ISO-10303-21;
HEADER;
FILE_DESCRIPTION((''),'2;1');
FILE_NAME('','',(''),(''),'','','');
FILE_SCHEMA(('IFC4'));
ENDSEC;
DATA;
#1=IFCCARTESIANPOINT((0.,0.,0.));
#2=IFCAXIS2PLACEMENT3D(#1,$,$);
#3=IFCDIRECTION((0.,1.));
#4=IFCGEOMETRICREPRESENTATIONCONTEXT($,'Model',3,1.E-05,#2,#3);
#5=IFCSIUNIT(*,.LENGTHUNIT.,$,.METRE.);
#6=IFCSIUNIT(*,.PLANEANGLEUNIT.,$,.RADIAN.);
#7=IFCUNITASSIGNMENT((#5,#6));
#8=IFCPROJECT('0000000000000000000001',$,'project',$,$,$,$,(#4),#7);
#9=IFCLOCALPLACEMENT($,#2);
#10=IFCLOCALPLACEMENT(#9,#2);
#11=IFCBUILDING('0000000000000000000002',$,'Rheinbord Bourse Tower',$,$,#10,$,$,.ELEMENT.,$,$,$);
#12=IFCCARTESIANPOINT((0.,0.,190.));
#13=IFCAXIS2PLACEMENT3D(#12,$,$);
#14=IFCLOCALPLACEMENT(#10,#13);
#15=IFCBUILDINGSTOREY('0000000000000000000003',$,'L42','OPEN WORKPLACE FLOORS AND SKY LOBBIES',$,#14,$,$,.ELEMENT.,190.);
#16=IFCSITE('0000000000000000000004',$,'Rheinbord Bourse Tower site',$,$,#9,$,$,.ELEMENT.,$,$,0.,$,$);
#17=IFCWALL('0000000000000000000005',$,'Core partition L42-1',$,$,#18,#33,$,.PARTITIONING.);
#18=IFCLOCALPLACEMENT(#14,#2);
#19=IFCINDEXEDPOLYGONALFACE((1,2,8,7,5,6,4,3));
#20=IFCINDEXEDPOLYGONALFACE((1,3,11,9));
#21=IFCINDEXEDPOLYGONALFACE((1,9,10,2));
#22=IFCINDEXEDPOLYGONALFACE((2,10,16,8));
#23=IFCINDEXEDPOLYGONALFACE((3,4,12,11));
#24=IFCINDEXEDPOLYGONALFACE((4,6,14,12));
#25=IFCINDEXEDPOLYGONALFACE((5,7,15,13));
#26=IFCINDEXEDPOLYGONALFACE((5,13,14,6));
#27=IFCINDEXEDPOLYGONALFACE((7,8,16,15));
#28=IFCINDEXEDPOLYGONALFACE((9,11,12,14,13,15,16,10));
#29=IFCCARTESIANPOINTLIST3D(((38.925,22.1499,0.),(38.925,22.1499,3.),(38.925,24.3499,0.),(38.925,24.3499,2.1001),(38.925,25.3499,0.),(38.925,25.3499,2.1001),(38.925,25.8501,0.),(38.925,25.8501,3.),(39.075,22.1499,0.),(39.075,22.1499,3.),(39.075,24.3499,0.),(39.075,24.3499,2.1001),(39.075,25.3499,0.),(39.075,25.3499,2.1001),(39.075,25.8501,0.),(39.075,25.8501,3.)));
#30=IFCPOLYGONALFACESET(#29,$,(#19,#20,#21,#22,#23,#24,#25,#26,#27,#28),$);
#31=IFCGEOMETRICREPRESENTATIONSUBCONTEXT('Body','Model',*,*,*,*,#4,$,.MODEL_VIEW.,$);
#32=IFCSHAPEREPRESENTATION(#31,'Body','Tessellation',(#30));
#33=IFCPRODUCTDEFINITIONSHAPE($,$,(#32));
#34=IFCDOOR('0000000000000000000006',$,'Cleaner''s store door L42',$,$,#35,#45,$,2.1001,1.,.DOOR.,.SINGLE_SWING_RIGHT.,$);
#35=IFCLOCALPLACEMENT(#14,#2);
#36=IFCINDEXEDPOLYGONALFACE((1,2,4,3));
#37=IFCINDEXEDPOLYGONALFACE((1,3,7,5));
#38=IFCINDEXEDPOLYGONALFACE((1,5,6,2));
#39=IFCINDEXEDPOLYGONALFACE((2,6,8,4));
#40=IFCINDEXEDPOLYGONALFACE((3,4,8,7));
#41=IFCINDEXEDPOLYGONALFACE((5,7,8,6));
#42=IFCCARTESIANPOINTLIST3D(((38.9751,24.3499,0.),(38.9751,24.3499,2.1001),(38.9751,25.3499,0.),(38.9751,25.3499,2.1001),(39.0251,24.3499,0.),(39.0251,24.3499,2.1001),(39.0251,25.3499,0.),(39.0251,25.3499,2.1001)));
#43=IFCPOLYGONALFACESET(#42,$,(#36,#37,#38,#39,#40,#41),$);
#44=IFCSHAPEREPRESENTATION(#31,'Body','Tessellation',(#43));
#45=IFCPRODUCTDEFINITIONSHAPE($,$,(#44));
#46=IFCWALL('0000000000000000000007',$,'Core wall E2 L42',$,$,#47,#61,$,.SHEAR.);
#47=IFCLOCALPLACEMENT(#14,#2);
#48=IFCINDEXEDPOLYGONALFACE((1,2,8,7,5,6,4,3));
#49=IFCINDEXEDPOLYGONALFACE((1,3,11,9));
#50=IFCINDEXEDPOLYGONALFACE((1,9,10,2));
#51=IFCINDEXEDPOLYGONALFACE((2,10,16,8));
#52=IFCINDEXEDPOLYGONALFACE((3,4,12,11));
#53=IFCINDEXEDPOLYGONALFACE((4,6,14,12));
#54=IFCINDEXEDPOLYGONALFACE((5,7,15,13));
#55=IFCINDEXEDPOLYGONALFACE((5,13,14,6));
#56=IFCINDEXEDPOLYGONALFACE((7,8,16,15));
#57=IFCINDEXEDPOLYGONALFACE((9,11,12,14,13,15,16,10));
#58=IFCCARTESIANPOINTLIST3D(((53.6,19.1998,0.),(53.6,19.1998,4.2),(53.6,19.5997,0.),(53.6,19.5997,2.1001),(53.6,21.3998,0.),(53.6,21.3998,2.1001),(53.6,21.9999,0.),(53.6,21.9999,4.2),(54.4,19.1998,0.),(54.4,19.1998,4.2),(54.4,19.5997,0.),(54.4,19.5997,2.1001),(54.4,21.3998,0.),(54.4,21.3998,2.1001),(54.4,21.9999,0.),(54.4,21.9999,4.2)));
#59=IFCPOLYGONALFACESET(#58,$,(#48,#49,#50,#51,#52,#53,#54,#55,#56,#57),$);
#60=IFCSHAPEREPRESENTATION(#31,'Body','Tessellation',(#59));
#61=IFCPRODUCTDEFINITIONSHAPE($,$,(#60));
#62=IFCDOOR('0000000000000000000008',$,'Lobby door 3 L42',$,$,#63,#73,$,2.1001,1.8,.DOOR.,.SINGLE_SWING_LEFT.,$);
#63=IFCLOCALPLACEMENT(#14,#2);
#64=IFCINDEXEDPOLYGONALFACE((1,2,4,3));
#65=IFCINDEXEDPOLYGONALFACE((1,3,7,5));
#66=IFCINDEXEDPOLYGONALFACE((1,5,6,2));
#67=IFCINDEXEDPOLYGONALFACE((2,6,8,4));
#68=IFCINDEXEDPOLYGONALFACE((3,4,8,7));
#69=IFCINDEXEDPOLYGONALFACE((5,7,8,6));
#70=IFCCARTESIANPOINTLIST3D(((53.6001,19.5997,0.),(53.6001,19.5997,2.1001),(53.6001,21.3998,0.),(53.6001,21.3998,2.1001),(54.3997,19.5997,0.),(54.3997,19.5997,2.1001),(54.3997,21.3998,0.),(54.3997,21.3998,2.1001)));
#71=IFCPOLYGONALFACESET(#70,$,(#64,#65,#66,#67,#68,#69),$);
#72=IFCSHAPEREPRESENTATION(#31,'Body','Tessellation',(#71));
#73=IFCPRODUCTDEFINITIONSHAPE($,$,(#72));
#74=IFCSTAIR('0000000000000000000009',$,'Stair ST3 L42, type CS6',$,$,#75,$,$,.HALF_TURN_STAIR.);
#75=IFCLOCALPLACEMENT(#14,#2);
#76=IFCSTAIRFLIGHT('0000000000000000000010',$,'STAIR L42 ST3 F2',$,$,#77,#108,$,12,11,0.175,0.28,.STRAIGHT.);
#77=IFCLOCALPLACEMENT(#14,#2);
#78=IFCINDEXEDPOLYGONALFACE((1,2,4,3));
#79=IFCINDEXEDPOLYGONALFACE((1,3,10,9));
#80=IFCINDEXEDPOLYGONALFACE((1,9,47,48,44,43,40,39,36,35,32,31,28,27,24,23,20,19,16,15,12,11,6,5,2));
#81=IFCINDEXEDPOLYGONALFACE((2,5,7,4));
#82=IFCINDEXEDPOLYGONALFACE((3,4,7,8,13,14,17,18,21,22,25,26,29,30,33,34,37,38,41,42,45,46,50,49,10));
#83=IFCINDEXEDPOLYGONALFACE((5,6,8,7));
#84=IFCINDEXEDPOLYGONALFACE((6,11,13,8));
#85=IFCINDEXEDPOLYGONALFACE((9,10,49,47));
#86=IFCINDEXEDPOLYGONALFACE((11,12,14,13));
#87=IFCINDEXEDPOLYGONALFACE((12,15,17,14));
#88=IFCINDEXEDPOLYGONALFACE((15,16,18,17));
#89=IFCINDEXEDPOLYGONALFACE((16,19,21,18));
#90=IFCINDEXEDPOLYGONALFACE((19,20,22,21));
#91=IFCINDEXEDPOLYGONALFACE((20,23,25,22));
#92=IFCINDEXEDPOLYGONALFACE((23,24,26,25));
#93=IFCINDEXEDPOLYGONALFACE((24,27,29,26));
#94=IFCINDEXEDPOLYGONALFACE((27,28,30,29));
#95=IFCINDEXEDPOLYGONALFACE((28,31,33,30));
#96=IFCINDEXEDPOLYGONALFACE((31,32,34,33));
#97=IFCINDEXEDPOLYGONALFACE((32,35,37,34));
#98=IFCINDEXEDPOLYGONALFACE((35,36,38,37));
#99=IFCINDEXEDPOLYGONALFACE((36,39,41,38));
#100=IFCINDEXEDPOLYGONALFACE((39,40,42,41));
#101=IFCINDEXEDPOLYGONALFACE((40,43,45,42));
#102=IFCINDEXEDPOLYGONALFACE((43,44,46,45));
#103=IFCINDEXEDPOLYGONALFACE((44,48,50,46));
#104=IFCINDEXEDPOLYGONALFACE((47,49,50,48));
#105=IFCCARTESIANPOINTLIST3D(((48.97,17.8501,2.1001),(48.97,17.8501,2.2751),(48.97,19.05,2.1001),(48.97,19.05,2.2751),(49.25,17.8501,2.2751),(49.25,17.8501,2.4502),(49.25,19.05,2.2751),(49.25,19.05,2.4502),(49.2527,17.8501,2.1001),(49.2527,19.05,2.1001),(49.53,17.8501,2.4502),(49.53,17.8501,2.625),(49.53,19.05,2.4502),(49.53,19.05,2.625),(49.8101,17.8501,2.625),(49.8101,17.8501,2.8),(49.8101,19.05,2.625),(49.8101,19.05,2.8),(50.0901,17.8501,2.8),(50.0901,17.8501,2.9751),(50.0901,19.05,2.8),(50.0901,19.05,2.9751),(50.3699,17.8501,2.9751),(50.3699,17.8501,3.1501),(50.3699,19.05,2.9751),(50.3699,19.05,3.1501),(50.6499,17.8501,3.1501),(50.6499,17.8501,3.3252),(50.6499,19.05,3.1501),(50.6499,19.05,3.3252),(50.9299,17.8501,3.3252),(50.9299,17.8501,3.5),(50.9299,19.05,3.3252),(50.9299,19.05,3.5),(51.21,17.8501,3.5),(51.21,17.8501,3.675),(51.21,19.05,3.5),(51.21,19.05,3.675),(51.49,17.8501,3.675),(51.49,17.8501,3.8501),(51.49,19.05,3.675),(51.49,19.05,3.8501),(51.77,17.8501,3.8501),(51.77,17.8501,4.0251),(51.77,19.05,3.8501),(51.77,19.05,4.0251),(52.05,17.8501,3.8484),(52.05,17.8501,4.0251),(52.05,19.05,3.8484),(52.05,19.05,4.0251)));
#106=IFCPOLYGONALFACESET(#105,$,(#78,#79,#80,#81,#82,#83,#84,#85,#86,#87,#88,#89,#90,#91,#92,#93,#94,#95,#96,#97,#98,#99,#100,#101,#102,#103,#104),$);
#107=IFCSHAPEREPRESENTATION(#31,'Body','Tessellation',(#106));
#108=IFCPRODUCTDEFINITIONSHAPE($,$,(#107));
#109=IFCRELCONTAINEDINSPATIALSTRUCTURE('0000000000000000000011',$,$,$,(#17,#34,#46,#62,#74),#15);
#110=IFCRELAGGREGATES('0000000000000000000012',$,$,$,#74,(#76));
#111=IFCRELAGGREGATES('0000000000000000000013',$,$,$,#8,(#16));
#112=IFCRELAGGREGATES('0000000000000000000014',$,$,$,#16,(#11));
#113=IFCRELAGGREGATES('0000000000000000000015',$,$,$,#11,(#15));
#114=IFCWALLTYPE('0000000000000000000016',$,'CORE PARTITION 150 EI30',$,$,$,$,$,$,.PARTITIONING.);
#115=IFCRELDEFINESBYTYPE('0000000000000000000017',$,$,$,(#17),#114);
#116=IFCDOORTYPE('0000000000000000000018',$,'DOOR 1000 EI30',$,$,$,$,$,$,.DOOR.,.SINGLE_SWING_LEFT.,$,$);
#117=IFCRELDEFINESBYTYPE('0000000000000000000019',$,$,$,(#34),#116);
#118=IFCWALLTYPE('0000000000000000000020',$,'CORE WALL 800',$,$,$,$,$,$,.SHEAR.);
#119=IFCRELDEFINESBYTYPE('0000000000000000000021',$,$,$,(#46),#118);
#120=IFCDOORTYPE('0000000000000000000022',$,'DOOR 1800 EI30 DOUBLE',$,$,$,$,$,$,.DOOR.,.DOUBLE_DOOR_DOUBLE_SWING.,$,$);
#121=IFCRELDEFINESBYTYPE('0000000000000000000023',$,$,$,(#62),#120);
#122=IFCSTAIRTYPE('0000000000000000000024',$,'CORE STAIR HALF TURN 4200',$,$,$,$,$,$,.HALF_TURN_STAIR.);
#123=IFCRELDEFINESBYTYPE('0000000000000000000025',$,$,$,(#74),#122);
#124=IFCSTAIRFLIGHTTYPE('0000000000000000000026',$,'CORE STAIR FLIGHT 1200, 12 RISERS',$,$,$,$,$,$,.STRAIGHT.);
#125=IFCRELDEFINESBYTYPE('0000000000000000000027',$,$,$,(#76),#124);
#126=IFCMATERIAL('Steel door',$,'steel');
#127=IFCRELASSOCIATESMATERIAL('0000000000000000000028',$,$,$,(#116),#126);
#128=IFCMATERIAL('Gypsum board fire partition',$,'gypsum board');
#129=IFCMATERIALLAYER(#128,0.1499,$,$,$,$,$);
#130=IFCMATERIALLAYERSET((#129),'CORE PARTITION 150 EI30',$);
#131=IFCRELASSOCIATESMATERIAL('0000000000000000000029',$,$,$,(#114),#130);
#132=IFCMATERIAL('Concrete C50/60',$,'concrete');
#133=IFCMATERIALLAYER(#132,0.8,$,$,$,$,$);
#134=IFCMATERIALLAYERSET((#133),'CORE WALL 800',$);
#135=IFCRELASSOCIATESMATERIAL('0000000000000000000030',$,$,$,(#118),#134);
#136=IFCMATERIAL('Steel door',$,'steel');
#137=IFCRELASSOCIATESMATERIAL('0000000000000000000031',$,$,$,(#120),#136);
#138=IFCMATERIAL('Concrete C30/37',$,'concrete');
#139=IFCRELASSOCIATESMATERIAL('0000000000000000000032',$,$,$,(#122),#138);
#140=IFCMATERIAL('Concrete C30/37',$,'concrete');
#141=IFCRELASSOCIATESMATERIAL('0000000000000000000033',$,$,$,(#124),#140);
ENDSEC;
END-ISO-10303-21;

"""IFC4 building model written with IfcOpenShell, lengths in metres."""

from ifc_helpers import new_model, si_unit, direction, frame, frame_2d, origin, place, context, subcontext, project, spatial, polyline, rectangle, outline, extrude, material, layer, layer_set, type_object, element, fill, aggregate, save


model = new_model("IFC4")

# Units and contexts
model_context = context("Model", 3, precision=1e-05, world=origin(), true_north=direction((0.0, 1.0)))
body_context = subcontext(model_context, "Body", "Model", "MODEL_VIEW")
ifc_project = project(units=[si_unit("LENGTHUNIT", "METRE"), si_unit("PLANEANGLEUNIT", "RADIAN")], contexts=[model_context])

# Site, building, storey
site_placement = place(None, origin())
site = spatial("IfcSite", under=ifc_project, at=site_placement, Name="Rheinbord Bourse Tower site", CompositionType="ELEMENT", RefElevation=0.0)
building_placement = place(site_placement, origin())
building = spatial("IfcBuilding", under=site, at=building_placement, Name="Rheinbord Bourse Tower", CompositionType="ELEMENT")
storey_placement = place(building_placement, frame((0.0, 0.0, 190.0)))
storey = spatial("IfcBuildingStorey", under=building, at=storey_placement, Name="L42", Description="OPEN WORKPLACE FLOORS AND SKY LOBBIES", CompositionType="ELEMENT", Elevation=190.0)

# Shared definitions
ifc_material_1 = material(Name="Steel door", Category="steel")
door_type_1 = type_object("IfcDoorType", Name="DOOR 1000 EI30", OperationType="SINGLE_SWING_LEFT", PredefinedType="DOOR", material=ifc_material_1)

# Walls, openings, doors
ifc_material_2 = material(Name="Gypsum board fire partition", Category="gypsum board")
ifc_layer_1 = layer(ifc_material_2, 0.1499)
ifc_layer_set_1 = layer_set([ifc_layer_1], Name="CORE PARTITION 150 EI30")
wall_type_1 = type_object("IfcWallType", Name="CORE PARTITION 150 EI30", PredefinedType="PARTITIONING", material=ifc_layer_set_1)
wall_1_placement = place(storey_placement, frame((39.0, 22.1499, 0.0), z_axis=(0.0, 0.0, 1.0), x_axis=(0.0, 1.0, 0.0)))
wall_1 = element("IfcWall", 1, at=wall_1_placement, inside=storey, type_object=wall_type_1, Name="Core partition L42-1", PredefinedType="PARTITIONING", context=body_context, shape_type="SweptSolid", body=[
    extrude(rectangle(XDim=3.7002, YDim=0.1499, at=frame_2d((1.8501, 0.0))), origin(), (0.0, 0.0, 1.0), 3.0),
])
opening_1_placement = place(wall_1_placement, frame((2.2, 0.0, 0.0)))
opening_1 = element("IfcOpeningElement", 2, at=opening_1_placement, cuts=wall_1, PredefinedType="OPENING", context=body_context, shape_type="SweptSolid", body=[
    extrude(rectangle(XDim=1.0, YDim=2.1001, at=frame_2d((0.5, 1.05))), frame((0.0, 0.085, 0.0), z_axis=(0.0, -1.0, 0.0), x_axis=(1.0, 0.0, 0.0)), (0.0, 0.0, 1.0), 0.1699),
])
door_1_placement = place(opening_1_placement, origin())
door_1 = element("IfcDoor", 3, at=door_1_placement, inside=storey, type_object=door_type_1, Name="Cleaner's store door L42", OperationType="SINGLE_SWING_RIGHT", OverallHeight=2.1001, OverallWidth=1.0, PredefinedType="DOOR", context=body_context, shape_type="SweptSolid", body=[
    extrude(rectangle(XDim=1.0, YDim=2.1001, at=frame_2d((0.5, 1.05))), frame((0.0, 0.0249, 0.0), z_axis=(0.0, -1.0, 0.0), x_axis=(1.0, 0.0, 0.0)), (0.0, 0.0, 1.0), 0.05),
])
fill(opening_1, door_1)
ifc_material_3 = material(Name="Concrete C50/60", Category="concrete")
ifc_layer_2 = layer(ifc_material_3, 0.8)
ifc_layer_set_2 = layer_set([ifc_layer_2], Name="CORE WALL 800")
wall_type_2 = type_object("IfcWallType", Name="CORE WALL 800", PredefinedType="SHEAR", material=ifc_layer_set_2)
wall_2_placement = place(storey_placement, frame((54.0, 19.2, 0.0), z_axis=(0.0, 0.0, 1.0), x_axis=(0.0, 1.0, 0.0)))
wall_2 = element("IfcWall", 4, at=wall_2_placement, inside=storey, type_object=wall_type_2, Name="Core wall E2 L42", PredefinedType="SHEAR", context=body_context, shape_type="SweptSolid", body=[
    extrude(rectangle(XDim=2.8, YDim=0.8, at=frame_2d((1.3999, 0.0))), origin(), (0.0, 0.0, 1.0), 4.2),
])
opening_2_placement = place(wall_2_placement, frame((0.3999, 0.0, 0.0)))
opening_2 = element("IfcOpeningElement", 5, at=opening_2_placement, cuts=wall_2, PredefinedType="OPENING", context=body_context, shape_type="SweptSolid", body=[
    extrude(rectangle(XDim=1.8, YDim=2.1001, at=frame_2d((0.8999, 1.05))), frame((0.0, 0.4099, 0.0), z_axis=(0.0, -1.0, 0.0), x_axis=(1.0, 0.0, 0.0)), (0.0, 0.0, 1.0), 0.8201),
])
ifc_material_4 = material(Name="Steel door", Category="steel")
door_type_2 = type_object("IfcDoorType", Name="DOOR 1800 EI30 DOUBLE", OperationType="DOUBLE_DOOR_DOUBLE_SWING", PredefinedType="DOOR", material=ifc_material_4)
door_2_placement = place(opening_2_placement, origin())
door_2 = element("IfcDoor", 6, at=door_2_placement, inside=storey, type_object=door_type_2, Name="Lobby door 3 L42", OperationType="SINGLE_SWING_LEFT", OverallHeight=2.1001, OverallWidth=1.8, PredefinedType="DOOR", context=body_context, shape_type="SweptSolid", body=[
    extrude(rectangle(XDim=1.8, YDim=2.1001, at=frame_2d((0.8999, 1.05))), frame((0.0, 0.3999, 0.0), z_axis=(0.0, -1.0, 0.0), x_axis=(1.0, 0.0, 0.0)), (0.0, 0.0, 1.0), 0.7996),
])
fill(opening_2, door_2)

# Stair, stair flight
ifc_material_5 = material(Name="Concrete C30/37", Category="concrete")
stair_type = type_object("IfcStairType", Name="CORE STAIR HALF TURN 4200", PredefinedType="HALF_TURN_STAIR", material=ifc_material_5)
stair_placement = place(storey_placement, origin())
stair = element("IfcStair", 7, at=stair_placement, inside=storey, type_object=stair_type, Name="Stair ST3 L42, type CS6", PredefinedType="HALF_TURN_STAIR")
ifc_material_6 = material(Name="Concrete C30/37", Category="concrete")
stair_flight_type = type_object("IfcStairFlightType", Name="CORE STAIR FLIGHT 1200, 12 RISERS", PredefinedType="STRAIGHT", material=ifc_material_6)
stair_flight_placement = place(storey_placement, frame((48.97, 18.45, 2.1001), z_axis=(0.0, 0.0, 1.0), x_axis=(1.0, 0.0, 0.0)))
stair_flight = element("IfcStairFlight", 8, at=stair_flight_placement, type_object=stair_flight_type, Name="STAIR L42 ST3 F2", NumberOfRisers=12, NumberOfTreads=11, PredefinedType="STRAIGHT", RiserHeight=0.175, TreadLength=0.28, context=body_context, shape_type="SweptSolid", body=[
    extrude(outline(polyline([(0.0, 0.0), (0.0, 0.175), (0.28, 0.175), (0.28, 0.3501), (0.5601, 0.3501), (0.5601, 0.5249), (0.8401, 0.5249), (0.8401, 0.7), (1.1201, 0.7), (1.1201, 0.875), (1.3999, 0.875), (1.3999, 1.05), (1.6799, 1.05), (1.6799, 1.2251), (1.96, 1.2251), (1.96, 1.3999), (2.24, 1.3999), (2.24, 1.575), (2.52, 1.575), (2.52, 1.75), (2.8, 1.75), (2.8, 1.925), (3.0801, 1.925), (3.0801, 2.1001), (3.0801, 1.7483), (0.2827, 0.0), (0.0, 0.0)])), frame((0.0, 0.6001, 0.0), z_axis=(0.0, -1.0, 0.0), x_axis=(1.0, 0.0, 0.0)), (0.0, 0.0, 1.0), 1.2),
])
aggregate(stair, [stair_flight])

save(model, "model.ifc")
